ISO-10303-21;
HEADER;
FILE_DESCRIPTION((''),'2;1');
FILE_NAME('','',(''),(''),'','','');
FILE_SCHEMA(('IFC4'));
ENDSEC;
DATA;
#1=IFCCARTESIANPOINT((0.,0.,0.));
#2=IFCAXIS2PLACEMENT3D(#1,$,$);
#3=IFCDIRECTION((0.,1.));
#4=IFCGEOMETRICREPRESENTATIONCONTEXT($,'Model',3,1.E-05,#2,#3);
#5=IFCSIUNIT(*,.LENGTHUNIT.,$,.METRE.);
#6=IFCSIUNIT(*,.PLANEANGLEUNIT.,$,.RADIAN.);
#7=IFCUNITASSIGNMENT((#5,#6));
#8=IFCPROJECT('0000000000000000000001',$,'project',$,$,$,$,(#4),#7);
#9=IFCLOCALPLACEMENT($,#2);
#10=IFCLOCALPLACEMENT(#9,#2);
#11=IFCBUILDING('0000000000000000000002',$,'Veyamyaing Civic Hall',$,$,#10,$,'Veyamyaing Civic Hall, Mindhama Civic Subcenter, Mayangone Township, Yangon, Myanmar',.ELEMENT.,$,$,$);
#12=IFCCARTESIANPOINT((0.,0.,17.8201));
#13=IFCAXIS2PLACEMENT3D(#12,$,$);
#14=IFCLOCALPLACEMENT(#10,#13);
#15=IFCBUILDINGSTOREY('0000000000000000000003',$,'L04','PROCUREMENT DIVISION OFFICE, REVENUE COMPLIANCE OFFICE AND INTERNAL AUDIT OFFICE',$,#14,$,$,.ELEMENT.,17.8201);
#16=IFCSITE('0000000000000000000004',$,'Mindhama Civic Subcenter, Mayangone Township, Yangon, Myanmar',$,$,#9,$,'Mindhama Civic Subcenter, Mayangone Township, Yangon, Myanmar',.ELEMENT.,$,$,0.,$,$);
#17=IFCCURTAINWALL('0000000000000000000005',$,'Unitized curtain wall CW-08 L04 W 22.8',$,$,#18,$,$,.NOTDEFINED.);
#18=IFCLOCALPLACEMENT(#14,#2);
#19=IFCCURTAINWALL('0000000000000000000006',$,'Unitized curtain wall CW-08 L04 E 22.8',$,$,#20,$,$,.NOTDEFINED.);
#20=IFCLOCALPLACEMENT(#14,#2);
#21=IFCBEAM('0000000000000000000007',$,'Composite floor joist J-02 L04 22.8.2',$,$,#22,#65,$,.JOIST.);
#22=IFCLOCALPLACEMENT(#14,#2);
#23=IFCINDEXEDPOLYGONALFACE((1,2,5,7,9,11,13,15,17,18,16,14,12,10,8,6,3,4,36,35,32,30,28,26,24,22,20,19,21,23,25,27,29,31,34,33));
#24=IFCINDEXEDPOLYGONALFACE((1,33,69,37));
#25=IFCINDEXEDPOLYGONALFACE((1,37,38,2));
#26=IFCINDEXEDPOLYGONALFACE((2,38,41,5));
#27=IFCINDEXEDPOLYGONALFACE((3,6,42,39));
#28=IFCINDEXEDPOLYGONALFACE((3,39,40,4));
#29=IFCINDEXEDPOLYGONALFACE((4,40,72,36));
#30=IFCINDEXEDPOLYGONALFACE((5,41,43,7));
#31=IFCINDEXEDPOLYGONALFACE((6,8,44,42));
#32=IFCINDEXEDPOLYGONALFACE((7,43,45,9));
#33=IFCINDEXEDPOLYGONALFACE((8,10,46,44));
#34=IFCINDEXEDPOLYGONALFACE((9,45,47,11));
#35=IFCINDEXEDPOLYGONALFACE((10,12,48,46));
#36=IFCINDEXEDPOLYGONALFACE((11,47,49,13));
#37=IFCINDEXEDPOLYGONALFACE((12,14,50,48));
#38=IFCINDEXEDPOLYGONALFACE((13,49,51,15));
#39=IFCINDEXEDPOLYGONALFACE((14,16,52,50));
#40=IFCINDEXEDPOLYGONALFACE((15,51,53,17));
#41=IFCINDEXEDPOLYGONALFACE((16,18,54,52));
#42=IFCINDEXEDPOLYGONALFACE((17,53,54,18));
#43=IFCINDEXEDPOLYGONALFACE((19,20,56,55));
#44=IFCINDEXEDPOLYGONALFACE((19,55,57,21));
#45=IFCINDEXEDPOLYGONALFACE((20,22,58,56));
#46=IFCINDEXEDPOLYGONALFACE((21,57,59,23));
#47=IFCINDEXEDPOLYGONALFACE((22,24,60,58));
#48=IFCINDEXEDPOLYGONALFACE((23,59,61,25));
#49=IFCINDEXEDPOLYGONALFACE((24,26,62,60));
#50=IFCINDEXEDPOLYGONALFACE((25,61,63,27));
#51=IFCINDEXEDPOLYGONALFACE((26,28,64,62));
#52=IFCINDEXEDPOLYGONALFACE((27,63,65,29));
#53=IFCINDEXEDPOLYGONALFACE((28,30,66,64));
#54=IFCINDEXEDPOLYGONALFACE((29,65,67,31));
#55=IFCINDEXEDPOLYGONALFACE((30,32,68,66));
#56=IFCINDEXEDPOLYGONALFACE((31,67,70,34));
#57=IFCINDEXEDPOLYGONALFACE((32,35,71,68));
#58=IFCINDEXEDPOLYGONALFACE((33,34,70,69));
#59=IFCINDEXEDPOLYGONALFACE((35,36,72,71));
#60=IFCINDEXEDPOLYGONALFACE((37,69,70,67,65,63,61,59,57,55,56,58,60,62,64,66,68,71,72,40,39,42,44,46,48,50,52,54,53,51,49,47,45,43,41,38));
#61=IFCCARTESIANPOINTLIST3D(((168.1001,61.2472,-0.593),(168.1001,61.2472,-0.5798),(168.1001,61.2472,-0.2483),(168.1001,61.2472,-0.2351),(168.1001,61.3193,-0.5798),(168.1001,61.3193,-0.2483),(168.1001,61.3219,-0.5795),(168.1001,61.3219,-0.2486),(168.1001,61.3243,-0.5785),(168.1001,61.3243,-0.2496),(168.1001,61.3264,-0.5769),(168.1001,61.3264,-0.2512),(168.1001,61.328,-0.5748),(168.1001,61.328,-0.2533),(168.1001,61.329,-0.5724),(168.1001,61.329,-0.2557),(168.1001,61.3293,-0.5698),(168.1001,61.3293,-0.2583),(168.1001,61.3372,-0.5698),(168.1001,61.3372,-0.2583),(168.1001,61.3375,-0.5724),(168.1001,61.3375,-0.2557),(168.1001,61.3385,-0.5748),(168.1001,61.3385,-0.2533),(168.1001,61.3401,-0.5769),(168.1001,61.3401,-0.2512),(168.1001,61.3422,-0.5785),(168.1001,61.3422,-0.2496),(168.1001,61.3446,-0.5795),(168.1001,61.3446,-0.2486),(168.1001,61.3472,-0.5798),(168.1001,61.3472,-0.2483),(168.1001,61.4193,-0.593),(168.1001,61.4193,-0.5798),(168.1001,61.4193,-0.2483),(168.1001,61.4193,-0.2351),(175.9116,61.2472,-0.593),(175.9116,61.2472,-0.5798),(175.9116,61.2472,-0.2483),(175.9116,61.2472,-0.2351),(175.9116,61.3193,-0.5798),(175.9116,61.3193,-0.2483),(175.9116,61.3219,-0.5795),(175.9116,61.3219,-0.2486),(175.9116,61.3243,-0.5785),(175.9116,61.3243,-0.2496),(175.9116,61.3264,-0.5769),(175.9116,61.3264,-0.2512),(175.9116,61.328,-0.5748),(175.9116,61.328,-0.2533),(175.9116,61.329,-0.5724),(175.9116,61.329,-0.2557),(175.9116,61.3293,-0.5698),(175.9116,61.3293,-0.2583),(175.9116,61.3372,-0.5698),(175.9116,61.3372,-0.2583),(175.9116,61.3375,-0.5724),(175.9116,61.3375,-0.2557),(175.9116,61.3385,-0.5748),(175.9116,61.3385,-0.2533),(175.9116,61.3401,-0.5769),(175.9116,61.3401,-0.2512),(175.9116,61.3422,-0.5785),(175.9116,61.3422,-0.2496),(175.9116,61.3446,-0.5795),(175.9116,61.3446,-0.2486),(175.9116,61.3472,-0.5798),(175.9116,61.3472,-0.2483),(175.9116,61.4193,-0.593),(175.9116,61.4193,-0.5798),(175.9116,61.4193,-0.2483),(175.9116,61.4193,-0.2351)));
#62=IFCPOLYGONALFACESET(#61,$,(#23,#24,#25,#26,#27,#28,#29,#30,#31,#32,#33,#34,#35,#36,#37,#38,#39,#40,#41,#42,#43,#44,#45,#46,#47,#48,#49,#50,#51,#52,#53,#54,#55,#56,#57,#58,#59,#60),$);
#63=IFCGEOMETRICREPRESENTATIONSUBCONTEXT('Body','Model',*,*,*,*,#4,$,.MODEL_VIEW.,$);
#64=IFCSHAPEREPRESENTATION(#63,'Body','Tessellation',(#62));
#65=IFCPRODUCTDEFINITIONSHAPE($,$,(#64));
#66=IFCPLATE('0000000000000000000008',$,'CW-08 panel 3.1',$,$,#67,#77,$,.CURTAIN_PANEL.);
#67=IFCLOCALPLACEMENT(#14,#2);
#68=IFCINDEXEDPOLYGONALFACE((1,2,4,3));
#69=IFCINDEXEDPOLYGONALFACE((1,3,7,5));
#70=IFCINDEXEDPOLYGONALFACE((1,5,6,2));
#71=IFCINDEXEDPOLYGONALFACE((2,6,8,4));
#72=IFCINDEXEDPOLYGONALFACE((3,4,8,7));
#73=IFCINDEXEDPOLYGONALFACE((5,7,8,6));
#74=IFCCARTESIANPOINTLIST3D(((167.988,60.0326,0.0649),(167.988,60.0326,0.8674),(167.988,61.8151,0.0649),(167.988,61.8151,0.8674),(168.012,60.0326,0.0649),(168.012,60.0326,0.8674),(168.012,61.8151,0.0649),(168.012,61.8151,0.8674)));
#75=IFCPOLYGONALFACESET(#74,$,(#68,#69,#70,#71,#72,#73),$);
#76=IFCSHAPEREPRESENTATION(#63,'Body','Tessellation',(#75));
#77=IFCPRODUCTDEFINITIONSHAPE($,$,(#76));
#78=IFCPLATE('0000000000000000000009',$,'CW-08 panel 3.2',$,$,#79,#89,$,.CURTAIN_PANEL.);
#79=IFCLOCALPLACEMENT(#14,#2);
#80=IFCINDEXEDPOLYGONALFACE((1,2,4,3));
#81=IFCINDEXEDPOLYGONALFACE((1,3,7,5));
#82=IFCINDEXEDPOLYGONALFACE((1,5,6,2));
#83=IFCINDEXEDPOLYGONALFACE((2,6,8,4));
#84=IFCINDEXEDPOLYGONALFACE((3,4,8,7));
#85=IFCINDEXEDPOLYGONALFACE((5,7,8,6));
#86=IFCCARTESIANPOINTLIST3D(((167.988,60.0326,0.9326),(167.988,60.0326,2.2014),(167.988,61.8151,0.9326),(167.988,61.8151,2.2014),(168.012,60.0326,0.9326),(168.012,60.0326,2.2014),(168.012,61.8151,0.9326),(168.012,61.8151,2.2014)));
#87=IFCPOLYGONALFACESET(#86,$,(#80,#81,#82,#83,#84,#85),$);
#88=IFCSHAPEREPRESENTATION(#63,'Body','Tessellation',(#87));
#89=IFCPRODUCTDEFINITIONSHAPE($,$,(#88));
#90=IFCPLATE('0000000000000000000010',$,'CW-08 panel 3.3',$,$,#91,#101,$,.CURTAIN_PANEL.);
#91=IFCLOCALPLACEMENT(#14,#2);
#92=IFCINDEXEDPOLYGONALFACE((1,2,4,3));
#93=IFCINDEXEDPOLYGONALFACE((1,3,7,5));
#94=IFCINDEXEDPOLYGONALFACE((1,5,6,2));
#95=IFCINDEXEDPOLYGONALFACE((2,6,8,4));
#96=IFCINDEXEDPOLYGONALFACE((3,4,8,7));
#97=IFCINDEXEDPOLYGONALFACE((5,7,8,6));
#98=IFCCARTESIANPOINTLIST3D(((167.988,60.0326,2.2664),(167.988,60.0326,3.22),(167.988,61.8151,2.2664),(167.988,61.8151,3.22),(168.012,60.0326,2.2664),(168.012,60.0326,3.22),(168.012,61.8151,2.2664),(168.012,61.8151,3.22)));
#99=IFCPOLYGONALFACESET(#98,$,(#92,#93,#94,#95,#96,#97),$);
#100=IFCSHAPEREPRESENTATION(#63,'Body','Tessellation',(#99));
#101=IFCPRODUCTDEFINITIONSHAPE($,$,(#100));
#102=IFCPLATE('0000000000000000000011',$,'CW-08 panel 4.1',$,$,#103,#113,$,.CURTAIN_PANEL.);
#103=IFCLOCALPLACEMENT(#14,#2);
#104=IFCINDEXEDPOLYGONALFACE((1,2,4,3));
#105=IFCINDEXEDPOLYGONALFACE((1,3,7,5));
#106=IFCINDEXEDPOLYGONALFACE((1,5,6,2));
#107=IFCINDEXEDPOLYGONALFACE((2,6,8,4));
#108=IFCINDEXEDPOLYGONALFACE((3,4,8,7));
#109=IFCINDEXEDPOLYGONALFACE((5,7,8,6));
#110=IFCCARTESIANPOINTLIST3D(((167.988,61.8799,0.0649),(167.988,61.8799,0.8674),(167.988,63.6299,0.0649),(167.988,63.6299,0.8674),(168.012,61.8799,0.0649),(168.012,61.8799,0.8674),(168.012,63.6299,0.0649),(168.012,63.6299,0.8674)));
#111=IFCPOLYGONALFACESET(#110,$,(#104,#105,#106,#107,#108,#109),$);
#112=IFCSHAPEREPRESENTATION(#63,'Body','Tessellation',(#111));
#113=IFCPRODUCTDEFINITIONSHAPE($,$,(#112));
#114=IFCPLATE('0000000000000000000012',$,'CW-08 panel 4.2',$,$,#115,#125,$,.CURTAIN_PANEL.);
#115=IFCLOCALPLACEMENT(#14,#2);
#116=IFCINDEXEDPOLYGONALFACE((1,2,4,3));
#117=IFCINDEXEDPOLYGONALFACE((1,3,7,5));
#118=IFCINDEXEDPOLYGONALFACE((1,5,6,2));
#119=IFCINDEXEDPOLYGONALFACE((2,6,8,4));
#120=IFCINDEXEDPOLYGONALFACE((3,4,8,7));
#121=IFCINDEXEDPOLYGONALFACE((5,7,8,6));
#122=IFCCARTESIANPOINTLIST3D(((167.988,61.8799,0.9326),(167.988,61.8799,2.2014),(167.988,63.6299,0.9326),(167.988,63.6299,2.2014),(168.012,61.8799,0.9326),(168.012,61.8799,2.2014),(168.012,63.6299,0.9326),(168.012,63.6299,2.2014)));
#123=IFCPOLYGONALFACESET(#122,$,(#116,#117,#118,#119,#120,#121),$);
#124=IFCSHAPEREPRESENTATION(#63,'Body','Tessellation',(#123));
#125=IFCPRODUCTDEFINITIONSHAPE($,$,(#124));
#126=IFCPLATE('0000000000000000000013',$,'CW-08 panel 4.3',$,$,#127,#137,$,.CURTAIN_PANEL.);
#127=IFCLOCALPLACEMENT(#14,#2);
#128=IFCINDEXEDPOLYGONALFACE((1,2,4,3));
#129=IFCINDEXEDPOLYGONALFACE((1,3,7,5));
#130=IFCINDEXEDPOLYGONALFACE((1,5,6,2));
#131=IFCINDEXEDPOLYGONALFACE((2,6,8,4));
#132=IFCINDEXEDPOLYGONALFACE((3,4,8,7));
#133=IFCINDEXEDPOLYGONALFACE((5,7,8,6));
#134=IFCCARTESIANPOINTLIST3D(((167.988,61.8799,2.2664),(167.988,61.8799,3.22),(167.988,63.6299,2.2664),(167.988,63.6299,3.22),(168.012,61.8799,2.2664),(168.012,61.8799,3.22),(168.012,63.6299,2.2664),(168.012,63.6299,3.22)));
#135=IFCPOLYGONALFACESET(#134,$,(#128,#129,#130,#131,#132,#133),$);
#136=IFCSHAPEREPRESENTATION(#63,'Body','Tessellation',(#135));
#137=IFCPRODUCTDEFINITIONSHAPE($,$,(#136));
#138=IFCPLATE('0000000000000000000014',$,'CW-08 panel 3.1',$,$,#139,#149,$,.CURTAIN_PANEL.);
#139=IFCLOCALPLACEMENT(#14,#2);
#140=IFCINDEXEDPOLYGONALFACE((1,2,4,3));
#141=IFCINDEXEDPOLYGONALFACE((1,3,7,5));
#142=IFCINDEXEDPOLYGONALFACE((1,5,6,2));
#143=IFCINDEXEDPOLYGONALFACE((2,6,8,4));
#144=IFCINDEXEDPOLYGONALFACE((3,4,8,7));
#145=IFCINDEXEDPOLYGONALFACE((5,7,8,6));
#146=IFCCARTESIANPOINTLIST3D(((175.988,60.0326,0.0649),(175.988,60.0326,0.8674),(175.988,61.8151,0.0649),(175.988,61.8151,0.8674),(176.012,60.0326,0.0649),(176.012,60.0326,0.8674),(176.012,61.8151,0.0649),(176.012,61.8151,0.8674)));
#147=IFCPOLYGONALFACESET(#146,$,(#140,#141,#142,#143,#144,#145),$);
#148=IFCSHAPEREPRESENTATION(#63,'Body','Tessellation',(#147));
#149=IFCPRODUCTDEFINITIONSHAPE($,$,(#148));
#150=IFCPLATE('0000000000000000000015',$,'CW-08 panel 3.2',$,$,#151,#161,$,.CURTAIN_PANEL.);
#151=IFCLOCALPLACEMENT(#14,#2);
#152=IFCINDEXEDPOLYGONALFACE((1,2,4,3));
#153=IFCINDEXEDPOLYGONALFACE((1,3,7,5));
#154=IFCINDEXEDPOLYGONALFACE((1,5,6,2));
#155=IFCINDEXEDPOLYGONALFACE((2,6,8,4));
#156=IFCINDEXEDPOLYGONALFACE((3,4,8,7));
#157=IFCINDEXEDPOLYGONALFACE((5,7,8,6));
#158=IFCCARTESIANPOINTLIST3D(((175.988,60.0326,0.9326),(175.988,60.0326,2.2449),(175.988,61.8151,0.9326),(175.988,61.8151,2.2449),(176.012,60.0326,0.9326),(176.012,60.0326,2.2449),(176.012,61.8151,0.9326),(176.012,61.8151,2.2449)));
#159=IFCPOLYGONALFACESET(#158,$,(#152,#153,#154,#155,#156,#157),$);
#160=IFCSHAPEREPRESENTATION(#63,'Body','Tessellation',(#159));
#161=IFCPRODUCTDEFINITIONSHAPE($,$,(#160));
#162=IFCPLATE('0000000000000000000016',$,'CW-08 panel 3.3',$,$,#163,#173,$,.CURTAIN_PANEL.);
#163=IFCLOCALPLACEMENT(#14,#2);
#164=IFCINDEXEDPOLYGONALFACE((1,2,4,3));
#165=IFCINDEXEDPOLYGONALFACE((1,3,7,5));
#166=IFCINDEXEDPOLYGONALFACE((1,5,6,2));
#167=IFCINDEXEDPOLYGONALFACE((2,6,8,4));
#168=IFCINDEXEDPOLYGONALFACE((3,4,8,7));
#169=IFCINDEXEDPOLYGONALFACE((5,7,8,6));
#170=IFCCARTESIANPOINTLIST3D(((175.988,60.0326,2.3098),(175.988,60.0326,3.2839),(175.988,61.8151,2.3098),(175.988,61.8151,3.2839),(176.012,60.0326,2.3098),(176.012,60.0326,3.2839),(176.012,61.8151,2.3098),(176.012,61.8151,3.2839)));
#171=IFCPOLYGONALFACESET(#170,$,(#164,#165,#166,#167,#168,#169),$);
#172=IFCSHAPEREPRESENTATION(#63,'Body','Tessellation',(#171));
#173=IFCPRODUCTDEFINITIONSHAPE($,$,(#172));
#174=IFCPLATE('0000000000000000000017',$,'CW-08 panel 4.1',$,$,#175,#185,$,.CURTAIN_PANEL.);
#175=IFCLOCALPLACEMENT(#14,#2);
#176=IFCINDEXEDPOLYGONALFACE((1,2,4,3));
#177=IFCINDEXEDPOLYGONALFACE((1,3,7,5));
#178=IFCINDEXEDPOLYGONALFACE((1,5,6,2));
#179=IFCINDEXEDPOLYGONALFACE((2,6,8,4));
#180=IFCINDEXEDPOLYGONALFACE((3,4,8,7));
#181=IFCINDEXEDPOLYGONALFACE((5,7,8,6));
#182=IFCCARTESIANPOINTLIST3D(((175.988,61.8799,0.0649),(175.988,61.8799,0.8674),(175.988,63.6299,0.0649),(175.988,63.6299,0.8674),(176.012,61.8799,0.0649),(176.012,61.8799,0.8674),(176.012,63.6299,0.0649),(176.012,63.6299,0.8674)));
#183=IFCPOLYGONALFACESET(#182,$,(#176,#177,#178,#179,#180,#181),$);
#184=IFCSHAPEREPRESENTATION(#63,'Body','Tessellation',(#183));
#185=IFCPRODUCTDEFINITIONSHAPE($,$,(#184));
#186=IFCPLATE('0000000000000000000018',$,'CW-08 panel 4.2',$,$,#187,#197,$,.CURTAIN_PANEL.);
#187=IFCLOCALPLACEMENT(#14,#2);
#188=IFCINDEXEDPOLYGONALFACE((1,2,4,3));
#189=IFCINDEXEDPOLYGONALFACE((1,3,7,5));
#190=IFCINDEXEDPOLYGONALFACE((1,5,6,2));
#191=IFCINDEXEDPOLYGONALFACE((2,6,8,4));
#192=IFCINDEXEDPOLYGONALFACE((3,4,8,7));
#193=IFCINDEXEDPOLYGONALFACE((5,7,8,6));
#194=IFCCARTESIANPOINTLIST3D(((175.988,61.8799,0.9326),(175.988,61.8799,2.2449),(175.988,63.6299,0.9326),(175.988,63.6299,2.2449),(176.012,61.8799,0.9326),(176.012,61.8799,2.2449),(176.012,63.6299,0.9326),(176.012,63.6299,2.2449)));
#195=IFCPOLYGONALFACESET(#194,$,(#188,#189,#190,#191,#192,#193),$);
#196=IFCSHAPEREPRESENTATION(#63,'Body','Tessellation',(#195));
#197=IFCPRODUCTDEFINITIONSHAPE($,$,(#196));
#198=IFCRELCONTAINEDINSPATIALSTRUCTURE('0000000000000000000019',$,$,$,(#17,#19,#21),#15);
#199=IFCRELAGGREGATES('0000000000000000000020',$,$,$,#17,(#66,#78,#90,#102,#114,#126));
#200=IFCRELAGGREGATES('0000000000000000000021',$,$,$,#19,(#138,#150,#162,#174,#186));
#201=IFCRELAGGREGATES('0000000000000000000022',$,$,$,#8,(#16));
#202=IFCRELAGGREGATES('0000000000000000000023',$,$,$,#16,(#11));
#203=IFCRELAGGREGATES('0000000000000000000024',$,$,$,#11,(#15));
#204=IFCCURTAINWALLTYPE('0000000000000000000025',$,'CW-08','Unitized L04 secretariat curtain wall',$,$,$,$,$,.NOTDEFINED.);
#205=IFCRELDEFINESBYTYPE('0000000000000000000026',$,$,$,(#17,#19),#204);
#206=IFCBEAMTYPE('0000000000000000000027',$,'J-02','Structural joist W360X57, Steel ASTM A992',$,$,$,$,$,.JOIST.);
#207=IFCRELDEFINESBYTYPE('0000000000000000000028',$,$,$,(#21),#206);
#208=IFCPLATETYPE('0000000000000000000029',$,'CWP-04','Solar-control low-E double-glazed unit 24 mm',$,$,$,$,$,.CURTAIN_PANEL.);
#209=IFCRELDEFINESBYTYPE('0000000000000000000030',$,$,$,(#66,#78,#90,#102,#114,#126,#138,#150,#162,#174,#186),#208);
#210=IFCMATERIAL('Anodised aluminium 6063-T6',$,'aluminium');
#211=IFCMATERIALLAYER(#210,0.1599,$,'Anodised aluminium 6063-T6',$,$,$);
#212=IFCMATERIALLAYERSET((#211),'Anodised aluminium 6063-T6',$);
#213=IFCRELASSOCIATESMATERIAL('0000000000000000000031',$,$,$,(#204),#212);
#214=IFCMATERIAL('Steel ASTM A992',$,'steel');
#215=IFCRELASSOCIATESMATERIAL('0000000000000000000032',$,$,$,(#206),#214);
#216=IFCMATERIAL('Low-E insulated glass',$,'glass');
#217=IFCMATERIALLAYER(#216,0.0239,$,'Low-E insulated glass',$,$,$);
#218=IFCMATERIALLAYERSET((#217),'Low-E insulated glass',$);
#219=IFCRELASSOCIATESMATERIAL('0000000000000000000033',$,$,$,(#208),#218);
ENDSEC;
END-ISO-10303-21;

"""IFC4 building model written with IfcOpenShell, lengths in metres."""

from ifc_helpers import new_model, si_unit, direction, frame, origin, origin_2d, place, context, subcontext, project, spatial, rectangle, i_section, extrude, material, layer, layer_set, material_profile, profile_set, type_object, element, aggregate, save


model = new_model("IFC4")

# Units and contexts
model_context = context("Model", 3, precision=1e-05, world=origin(), true_north=direction((0.0, 1.0)))
body_context = subcontext(model_context, "Body", "Model", "MODEL_VIEW")
ifc_project = project(units=[si_unit("LENGTHUNIT", "METRE"), si_unit("PLANEANGLEUNIT", "RADIAN")], contexts=[model_context])

# Site, building, storey
site_placement = place(None, origin())
site = spatial("IfcSite", under=ifc_project, at=site_placement, Name="Mindhama Civic Subcenter, Mayangone Township, Yangon, Myanmar", LongName="Mindhama Civic Subcenter, Mayangone Township, Yangon, Myanmar", CompositionType="ELEMENT", RefElevation=0.0)
building_placement = place(site_placement, origin())
building = spatial("IfcBuilding", under=site, at=building_placement, Name="Veyamyaing Civic Hall", LongName="Veyamyaing Civic Hall, Mindhama Civic Subcenter, Mayangone Township, Yangon, Myanmar", CompositionType="ELEMENT")
storey_placement = place(building_placement, frame((0.0, 0.0, 17.8201)))
storey = spatial("IfcBuildingStorey", under=building, at=storey_placement, Name="L04", Description="PROCUREMENT DIVISION OFFICE, REVENUE COMPLIANCE OFFICE AND INTERNAL AUDIT OFFICE", CompositionType="ELEMENT", Elevation=17.8201)

# Curtain walls
ifc_material_1 = material(Name="Anodised aluminium 6063-T6", Category="aluminium")
ifc_layer_1 = layer(ifc_material_1, 0.1599, Name="Anodised aluminium 6063-T6")
ifc_layer_set_1 = layer_set([ifc_layer_1], Name="Anodised aluminium 6063-T6")
curtain_wall_type = type_object("IfcCurtainWallType", Name="CW-08", Description="Unitized L04 secretariat curtain wall", PredefinedType="NOTDEFINED", material=ifc_layer_set_1)
curtain_wall_1_placement = place(storey_placement, origin())
curtain_wall_1 = element("IfcCurtainWall", 1, at=curtain_wall_1_placement, inside=storey, type_object=curtain_wall_type, Name="Unitized curtain wall CW-08 L04 W 22.8", PredefinedType="NOTDEFINED")
curtain_wall_2_placement = place(storey_placement, origin())
curtain_wall_2 = element("IfcCurtainWall", 2, at=curtain_wall_2_placement, inside=storey, type_object=curtain_wall_type, Name="Unitized curtain wall CW-08 L04 E 22.8", PredefinedType="NOTDEFINED")

# Beam
ifc_material_2 = material(Name="Steel ASTM A992", Category="steel")
ifc_material_profile_1 = material_profile(ifc_material_2, i_section(OverallWidth=0.1721, OverallDepth=0.3579, WebThickness=0.0078, FlangeThickness=0.0132, FilletRadius=0.01, at=origin_2d()), Name="W360X57")
ifc_profile_set_1 = profile_set([ifc_material_profile_1], Name="Steel ASTM A992")
beam_type = type_object("IfcBeamType", Name="J-02", Description="Structural joist W360X57, Steel ASTM A992", PredefinedType="JOIST", material=ifc_profile_set_1)
beam_placement = place(storey_placement, frame((168.1001, 61.3333, -0.4141), z_axis=(1.0, 0.0, 0.0), x_axis=(0.0, 1.0, 0.0)))
element("IfcBeam", 3, at=beam_placement, inside=storey, type_object=beam_type, Name="Composite floor joist J-02 L04 22.8.2", PredefinedType="JOIST", context=body_context, shape_type="SweptSolid", body=[
    extrude(i_section(OverallWidth=0.1721, OverallDepth=0.3579, WebThickness=0.0078, FlangeThickness=0.0132, FilletRadius=0.01, at=origin_2d()), origin(), (0.0, 0.0, 1.0), 7.8115),
])

# Plates
ifc_material_3 = material(Name="Low-E insulated glass", Category="glass")
ifc_layer_2 = layer(ifc_material_3, 0.0239, Name="Low-E insulated glass")
ifc_layer_set_2 = layer_set([ifc_layer_2], Name="Low-E insulated glass")
plate_type = type_object("IfcPlateType", Name="CWP-04", Description="Solar-control low-E double-glazed unit 24 mm", PredefinedType="CURTAIN_PANEL", material=ifc_layer_set_2)
plate_1_placement = place(storey_placement, frame((168.0, 60.9238, 0.0649), z_axis=(0.0, 0.0, 1.0), x_axis=(0.0, 1.0, 0.0)))
plate_1 = element("IfcPlate", 4, at=plate_1_placement, type_object=plate_type, Name="CW-08 panel 3.1", PredefinedType="CURTAIN_PANEL", context=body_context, shape_type="SweptSolid", body=[
    extrude(rectangle(XDim=1.7825, YDim=0.0239, at=origin_2d()), origin(), (0.0, 0.0, 1.0), 0.8025),
])
plate_2_placement = place(storey_placement, frame((168.0, 60.9238, 0.9326), z_axis=(0.0, 0.0, 1.0), x_axis=(0.0, 1.0, 0.0)))
plate_2 = element("IfcPlate", 5, at=plate_2_placement, type_object=plate_type, Name="CW-08 panel 3.2", PredefinedType="CURTAIN_PANEL", context=body_context, shape_type="SweptSolid", body=[
    extrude(rectangle(XDim=1.7825, YDim=0.0239, at=origin_2d()), origin(), (0.0, 0.0, 1.0), 1.2688),
])
plate_3_placement = place(storey_placement, frame((168.0, 60.9238, 2.2664), z_axis=(0.0, 0.0, 1.0), x_axis=(0.0, 1.0, 0.0)))
plate_3 = element("IfcPlate", 6, at=plate_3_placement, type_object=plate_type, Name="CW-08 panel 3.3", PredefinedType="CURTAIN_PANEL", context=body_context, shape_type="SweptSolid", body=[
    extrude(rectangle(XDim=1.7825, YDim=0.0239, at=origin_2d()), origin(), (0.0, 0.0, 1.0), 0.9536),
])
plate_4_placement = place(storey_placement, frame((168.0, 62.7549, 0.0649), z_axis=(0.0, 0.0, 1.0), x_axis=(0.0, 1.0, 0.0)))
plate_4 = element("IfcPlate", 7, at=plate_4_placement, type_object=plate_type, Name="CW-08 panel 4.1", PredefinedType="CURTAIN_PANEL", context=body_context, shape_type="SweptSolid", body=[
    extrude(rectangle(XDim=1.75, YDim=0.0239, at=origin_2d()), origin(), (0.0, 0.0, 1.0), 0.8025),
])
plate_5_placement = place(storey_placement, frame((168.0, 62.7549, 0.9326), z_axis=(0.0, 0.0, 1.0), x_axis=(0.0, 1.0, 0.0)))
plate_5 = element("IfcPlate", 8, at=plate_5_placement, type_object=plate_type, Name="CW-08 panel 4.2", PredefinedType="CURTAIN_PANEL", context=body_context, shape_type="SweptSolid", body=[
    extrude(rectangle(XDim=1.75, YDim=0.0239, at=origin_2d()), origin(), (0.0, 0.0, 1.0), 1.2688),
])
plate_6_placement = place(storey_placement, frame((168.0, 62.7549, 2.2664), z_axis=(0.0, 0.0, 1.0), x_axis=(0.0, 1.0, 0.0)))
plate_6 = element("IfcPlate", 9, at=plate_6_placement, type_object=plate_type, Name="CW-08 panel 4.3", PredefinedType="CURTAIN_PANEL", context=body_context, shape_type="SweptSolid", body=[
    extrude(rectangle(XDim=1.75, YDim=0.0239, at=origin_2d()), origin(), (0.0, 0.0, 1.0), 0.9536),
])
aggregate(curtain_wall_1, [plate_1, plate_2, plate_3, plate_4, plate_5, plate_6])
plate_7_placement = place(storey_placement, frame((176.0, 60.9238, 0.0649), z_axis=(0.0, 0.0, 1.0), x_axis=(0.0, 1.0, 0.0)))
plate_7 = element("IfcPlate", 10, at=plate_7_placement, type_object=plate_type, Name="CW-08 panel 3.1", PredefinedType="CURTAIN_PANEL", context=body_context, shape_type="SweptSolid", body=[
    extrude(rectangle(XDim=1.7825, YDim=0.0239, at=origin_2d()), origin(), (0.0, 0.0, 1.0), 0.8025),
])
plate_8_placement = place(storey_placement, frame((176.0, 60.9238, 0.9326), z_axis=(0.0, 0.0, 1.0), x_axis=(0.0, 1.0, 0.0)))
plate_8 = element("IfcPlate", 11, at=plate_8_placement, type_object=plate_type, Name="CW-08 panel 3.2", PredefinedType="CURTAIN_PANEL", context=body_context, shape_type="SweptSolid", body=[
    extrude(rectangle(XDim=1.7825, YDim=0.0239, at=origin_2d()), origin(), (0.0, 0.0, 1.0), 1.3123),
])
plate_9_placement = place(storey_placement, frame((176.0, 60.9238, 2.3098), z_axis=(0.0, 0.0, 1.0), x_axis=(0.0, 1.0, 0.0)))
plate_9 = element("IfcPlate", 12, at=plate_9_placement, type_object=plate_type, Name="CW-08 panel 3.3", PredefinedType="CURTAIN_PANEL", context=body_context, shape_type="SweptSolid", body=[
    extrude(rectangle(XDim=1.7825, YDim=0.0239, at=origin_2d()), origin(), (0.0, 0.0, 1.0), 0.9741),
])
plate_10_placement = place(storey_placement, frame((176.0, 62.7549, 0.0649), z_axis=(0.0, 0.0, 1.0), x_axis=(0.0, 1.0, 0.0)))
plate_10 = element("IfcPlate", 13, at=plate_10_placement, type_object=plate_type, Name="CW-08 panel 4.1", PredefinedType="CURTAIN_PANEL", context=body_context, shape_type="SweptSolid", body=[
    extrude(rectangle(XDim=1.75, YDim=0.0239, at=origin_2d()), origin(), (0.0, 0.0, 1.0), 0.8025),
])
plate_11_placement = place(storey_placement, frame((176.0, 62.7549, 0.9326), z_axis=(0.0, 0.0, 1.0), x_axis=(0.0, 1.0, 0.0)))
plate_11 = element("IfcPlate", 14, at=plate_11_placement, type_object=plate_type, Name="CW-08 panel 4.2", PredefinedType="CURTAIN_PANEL", context=body_context, shape_type="SweptSolid", body=[
    extrude(rectangle(XDim=1.75, YDim=0.0239, at=origin_2d()), origin(), (0.0, 0.0, 1.0), 1.3123),
])
aggregate(curtain_wall_2, [plate_7, plate_8, plate_9, plate_10, plate_11])

save(model, "model.ifc")
